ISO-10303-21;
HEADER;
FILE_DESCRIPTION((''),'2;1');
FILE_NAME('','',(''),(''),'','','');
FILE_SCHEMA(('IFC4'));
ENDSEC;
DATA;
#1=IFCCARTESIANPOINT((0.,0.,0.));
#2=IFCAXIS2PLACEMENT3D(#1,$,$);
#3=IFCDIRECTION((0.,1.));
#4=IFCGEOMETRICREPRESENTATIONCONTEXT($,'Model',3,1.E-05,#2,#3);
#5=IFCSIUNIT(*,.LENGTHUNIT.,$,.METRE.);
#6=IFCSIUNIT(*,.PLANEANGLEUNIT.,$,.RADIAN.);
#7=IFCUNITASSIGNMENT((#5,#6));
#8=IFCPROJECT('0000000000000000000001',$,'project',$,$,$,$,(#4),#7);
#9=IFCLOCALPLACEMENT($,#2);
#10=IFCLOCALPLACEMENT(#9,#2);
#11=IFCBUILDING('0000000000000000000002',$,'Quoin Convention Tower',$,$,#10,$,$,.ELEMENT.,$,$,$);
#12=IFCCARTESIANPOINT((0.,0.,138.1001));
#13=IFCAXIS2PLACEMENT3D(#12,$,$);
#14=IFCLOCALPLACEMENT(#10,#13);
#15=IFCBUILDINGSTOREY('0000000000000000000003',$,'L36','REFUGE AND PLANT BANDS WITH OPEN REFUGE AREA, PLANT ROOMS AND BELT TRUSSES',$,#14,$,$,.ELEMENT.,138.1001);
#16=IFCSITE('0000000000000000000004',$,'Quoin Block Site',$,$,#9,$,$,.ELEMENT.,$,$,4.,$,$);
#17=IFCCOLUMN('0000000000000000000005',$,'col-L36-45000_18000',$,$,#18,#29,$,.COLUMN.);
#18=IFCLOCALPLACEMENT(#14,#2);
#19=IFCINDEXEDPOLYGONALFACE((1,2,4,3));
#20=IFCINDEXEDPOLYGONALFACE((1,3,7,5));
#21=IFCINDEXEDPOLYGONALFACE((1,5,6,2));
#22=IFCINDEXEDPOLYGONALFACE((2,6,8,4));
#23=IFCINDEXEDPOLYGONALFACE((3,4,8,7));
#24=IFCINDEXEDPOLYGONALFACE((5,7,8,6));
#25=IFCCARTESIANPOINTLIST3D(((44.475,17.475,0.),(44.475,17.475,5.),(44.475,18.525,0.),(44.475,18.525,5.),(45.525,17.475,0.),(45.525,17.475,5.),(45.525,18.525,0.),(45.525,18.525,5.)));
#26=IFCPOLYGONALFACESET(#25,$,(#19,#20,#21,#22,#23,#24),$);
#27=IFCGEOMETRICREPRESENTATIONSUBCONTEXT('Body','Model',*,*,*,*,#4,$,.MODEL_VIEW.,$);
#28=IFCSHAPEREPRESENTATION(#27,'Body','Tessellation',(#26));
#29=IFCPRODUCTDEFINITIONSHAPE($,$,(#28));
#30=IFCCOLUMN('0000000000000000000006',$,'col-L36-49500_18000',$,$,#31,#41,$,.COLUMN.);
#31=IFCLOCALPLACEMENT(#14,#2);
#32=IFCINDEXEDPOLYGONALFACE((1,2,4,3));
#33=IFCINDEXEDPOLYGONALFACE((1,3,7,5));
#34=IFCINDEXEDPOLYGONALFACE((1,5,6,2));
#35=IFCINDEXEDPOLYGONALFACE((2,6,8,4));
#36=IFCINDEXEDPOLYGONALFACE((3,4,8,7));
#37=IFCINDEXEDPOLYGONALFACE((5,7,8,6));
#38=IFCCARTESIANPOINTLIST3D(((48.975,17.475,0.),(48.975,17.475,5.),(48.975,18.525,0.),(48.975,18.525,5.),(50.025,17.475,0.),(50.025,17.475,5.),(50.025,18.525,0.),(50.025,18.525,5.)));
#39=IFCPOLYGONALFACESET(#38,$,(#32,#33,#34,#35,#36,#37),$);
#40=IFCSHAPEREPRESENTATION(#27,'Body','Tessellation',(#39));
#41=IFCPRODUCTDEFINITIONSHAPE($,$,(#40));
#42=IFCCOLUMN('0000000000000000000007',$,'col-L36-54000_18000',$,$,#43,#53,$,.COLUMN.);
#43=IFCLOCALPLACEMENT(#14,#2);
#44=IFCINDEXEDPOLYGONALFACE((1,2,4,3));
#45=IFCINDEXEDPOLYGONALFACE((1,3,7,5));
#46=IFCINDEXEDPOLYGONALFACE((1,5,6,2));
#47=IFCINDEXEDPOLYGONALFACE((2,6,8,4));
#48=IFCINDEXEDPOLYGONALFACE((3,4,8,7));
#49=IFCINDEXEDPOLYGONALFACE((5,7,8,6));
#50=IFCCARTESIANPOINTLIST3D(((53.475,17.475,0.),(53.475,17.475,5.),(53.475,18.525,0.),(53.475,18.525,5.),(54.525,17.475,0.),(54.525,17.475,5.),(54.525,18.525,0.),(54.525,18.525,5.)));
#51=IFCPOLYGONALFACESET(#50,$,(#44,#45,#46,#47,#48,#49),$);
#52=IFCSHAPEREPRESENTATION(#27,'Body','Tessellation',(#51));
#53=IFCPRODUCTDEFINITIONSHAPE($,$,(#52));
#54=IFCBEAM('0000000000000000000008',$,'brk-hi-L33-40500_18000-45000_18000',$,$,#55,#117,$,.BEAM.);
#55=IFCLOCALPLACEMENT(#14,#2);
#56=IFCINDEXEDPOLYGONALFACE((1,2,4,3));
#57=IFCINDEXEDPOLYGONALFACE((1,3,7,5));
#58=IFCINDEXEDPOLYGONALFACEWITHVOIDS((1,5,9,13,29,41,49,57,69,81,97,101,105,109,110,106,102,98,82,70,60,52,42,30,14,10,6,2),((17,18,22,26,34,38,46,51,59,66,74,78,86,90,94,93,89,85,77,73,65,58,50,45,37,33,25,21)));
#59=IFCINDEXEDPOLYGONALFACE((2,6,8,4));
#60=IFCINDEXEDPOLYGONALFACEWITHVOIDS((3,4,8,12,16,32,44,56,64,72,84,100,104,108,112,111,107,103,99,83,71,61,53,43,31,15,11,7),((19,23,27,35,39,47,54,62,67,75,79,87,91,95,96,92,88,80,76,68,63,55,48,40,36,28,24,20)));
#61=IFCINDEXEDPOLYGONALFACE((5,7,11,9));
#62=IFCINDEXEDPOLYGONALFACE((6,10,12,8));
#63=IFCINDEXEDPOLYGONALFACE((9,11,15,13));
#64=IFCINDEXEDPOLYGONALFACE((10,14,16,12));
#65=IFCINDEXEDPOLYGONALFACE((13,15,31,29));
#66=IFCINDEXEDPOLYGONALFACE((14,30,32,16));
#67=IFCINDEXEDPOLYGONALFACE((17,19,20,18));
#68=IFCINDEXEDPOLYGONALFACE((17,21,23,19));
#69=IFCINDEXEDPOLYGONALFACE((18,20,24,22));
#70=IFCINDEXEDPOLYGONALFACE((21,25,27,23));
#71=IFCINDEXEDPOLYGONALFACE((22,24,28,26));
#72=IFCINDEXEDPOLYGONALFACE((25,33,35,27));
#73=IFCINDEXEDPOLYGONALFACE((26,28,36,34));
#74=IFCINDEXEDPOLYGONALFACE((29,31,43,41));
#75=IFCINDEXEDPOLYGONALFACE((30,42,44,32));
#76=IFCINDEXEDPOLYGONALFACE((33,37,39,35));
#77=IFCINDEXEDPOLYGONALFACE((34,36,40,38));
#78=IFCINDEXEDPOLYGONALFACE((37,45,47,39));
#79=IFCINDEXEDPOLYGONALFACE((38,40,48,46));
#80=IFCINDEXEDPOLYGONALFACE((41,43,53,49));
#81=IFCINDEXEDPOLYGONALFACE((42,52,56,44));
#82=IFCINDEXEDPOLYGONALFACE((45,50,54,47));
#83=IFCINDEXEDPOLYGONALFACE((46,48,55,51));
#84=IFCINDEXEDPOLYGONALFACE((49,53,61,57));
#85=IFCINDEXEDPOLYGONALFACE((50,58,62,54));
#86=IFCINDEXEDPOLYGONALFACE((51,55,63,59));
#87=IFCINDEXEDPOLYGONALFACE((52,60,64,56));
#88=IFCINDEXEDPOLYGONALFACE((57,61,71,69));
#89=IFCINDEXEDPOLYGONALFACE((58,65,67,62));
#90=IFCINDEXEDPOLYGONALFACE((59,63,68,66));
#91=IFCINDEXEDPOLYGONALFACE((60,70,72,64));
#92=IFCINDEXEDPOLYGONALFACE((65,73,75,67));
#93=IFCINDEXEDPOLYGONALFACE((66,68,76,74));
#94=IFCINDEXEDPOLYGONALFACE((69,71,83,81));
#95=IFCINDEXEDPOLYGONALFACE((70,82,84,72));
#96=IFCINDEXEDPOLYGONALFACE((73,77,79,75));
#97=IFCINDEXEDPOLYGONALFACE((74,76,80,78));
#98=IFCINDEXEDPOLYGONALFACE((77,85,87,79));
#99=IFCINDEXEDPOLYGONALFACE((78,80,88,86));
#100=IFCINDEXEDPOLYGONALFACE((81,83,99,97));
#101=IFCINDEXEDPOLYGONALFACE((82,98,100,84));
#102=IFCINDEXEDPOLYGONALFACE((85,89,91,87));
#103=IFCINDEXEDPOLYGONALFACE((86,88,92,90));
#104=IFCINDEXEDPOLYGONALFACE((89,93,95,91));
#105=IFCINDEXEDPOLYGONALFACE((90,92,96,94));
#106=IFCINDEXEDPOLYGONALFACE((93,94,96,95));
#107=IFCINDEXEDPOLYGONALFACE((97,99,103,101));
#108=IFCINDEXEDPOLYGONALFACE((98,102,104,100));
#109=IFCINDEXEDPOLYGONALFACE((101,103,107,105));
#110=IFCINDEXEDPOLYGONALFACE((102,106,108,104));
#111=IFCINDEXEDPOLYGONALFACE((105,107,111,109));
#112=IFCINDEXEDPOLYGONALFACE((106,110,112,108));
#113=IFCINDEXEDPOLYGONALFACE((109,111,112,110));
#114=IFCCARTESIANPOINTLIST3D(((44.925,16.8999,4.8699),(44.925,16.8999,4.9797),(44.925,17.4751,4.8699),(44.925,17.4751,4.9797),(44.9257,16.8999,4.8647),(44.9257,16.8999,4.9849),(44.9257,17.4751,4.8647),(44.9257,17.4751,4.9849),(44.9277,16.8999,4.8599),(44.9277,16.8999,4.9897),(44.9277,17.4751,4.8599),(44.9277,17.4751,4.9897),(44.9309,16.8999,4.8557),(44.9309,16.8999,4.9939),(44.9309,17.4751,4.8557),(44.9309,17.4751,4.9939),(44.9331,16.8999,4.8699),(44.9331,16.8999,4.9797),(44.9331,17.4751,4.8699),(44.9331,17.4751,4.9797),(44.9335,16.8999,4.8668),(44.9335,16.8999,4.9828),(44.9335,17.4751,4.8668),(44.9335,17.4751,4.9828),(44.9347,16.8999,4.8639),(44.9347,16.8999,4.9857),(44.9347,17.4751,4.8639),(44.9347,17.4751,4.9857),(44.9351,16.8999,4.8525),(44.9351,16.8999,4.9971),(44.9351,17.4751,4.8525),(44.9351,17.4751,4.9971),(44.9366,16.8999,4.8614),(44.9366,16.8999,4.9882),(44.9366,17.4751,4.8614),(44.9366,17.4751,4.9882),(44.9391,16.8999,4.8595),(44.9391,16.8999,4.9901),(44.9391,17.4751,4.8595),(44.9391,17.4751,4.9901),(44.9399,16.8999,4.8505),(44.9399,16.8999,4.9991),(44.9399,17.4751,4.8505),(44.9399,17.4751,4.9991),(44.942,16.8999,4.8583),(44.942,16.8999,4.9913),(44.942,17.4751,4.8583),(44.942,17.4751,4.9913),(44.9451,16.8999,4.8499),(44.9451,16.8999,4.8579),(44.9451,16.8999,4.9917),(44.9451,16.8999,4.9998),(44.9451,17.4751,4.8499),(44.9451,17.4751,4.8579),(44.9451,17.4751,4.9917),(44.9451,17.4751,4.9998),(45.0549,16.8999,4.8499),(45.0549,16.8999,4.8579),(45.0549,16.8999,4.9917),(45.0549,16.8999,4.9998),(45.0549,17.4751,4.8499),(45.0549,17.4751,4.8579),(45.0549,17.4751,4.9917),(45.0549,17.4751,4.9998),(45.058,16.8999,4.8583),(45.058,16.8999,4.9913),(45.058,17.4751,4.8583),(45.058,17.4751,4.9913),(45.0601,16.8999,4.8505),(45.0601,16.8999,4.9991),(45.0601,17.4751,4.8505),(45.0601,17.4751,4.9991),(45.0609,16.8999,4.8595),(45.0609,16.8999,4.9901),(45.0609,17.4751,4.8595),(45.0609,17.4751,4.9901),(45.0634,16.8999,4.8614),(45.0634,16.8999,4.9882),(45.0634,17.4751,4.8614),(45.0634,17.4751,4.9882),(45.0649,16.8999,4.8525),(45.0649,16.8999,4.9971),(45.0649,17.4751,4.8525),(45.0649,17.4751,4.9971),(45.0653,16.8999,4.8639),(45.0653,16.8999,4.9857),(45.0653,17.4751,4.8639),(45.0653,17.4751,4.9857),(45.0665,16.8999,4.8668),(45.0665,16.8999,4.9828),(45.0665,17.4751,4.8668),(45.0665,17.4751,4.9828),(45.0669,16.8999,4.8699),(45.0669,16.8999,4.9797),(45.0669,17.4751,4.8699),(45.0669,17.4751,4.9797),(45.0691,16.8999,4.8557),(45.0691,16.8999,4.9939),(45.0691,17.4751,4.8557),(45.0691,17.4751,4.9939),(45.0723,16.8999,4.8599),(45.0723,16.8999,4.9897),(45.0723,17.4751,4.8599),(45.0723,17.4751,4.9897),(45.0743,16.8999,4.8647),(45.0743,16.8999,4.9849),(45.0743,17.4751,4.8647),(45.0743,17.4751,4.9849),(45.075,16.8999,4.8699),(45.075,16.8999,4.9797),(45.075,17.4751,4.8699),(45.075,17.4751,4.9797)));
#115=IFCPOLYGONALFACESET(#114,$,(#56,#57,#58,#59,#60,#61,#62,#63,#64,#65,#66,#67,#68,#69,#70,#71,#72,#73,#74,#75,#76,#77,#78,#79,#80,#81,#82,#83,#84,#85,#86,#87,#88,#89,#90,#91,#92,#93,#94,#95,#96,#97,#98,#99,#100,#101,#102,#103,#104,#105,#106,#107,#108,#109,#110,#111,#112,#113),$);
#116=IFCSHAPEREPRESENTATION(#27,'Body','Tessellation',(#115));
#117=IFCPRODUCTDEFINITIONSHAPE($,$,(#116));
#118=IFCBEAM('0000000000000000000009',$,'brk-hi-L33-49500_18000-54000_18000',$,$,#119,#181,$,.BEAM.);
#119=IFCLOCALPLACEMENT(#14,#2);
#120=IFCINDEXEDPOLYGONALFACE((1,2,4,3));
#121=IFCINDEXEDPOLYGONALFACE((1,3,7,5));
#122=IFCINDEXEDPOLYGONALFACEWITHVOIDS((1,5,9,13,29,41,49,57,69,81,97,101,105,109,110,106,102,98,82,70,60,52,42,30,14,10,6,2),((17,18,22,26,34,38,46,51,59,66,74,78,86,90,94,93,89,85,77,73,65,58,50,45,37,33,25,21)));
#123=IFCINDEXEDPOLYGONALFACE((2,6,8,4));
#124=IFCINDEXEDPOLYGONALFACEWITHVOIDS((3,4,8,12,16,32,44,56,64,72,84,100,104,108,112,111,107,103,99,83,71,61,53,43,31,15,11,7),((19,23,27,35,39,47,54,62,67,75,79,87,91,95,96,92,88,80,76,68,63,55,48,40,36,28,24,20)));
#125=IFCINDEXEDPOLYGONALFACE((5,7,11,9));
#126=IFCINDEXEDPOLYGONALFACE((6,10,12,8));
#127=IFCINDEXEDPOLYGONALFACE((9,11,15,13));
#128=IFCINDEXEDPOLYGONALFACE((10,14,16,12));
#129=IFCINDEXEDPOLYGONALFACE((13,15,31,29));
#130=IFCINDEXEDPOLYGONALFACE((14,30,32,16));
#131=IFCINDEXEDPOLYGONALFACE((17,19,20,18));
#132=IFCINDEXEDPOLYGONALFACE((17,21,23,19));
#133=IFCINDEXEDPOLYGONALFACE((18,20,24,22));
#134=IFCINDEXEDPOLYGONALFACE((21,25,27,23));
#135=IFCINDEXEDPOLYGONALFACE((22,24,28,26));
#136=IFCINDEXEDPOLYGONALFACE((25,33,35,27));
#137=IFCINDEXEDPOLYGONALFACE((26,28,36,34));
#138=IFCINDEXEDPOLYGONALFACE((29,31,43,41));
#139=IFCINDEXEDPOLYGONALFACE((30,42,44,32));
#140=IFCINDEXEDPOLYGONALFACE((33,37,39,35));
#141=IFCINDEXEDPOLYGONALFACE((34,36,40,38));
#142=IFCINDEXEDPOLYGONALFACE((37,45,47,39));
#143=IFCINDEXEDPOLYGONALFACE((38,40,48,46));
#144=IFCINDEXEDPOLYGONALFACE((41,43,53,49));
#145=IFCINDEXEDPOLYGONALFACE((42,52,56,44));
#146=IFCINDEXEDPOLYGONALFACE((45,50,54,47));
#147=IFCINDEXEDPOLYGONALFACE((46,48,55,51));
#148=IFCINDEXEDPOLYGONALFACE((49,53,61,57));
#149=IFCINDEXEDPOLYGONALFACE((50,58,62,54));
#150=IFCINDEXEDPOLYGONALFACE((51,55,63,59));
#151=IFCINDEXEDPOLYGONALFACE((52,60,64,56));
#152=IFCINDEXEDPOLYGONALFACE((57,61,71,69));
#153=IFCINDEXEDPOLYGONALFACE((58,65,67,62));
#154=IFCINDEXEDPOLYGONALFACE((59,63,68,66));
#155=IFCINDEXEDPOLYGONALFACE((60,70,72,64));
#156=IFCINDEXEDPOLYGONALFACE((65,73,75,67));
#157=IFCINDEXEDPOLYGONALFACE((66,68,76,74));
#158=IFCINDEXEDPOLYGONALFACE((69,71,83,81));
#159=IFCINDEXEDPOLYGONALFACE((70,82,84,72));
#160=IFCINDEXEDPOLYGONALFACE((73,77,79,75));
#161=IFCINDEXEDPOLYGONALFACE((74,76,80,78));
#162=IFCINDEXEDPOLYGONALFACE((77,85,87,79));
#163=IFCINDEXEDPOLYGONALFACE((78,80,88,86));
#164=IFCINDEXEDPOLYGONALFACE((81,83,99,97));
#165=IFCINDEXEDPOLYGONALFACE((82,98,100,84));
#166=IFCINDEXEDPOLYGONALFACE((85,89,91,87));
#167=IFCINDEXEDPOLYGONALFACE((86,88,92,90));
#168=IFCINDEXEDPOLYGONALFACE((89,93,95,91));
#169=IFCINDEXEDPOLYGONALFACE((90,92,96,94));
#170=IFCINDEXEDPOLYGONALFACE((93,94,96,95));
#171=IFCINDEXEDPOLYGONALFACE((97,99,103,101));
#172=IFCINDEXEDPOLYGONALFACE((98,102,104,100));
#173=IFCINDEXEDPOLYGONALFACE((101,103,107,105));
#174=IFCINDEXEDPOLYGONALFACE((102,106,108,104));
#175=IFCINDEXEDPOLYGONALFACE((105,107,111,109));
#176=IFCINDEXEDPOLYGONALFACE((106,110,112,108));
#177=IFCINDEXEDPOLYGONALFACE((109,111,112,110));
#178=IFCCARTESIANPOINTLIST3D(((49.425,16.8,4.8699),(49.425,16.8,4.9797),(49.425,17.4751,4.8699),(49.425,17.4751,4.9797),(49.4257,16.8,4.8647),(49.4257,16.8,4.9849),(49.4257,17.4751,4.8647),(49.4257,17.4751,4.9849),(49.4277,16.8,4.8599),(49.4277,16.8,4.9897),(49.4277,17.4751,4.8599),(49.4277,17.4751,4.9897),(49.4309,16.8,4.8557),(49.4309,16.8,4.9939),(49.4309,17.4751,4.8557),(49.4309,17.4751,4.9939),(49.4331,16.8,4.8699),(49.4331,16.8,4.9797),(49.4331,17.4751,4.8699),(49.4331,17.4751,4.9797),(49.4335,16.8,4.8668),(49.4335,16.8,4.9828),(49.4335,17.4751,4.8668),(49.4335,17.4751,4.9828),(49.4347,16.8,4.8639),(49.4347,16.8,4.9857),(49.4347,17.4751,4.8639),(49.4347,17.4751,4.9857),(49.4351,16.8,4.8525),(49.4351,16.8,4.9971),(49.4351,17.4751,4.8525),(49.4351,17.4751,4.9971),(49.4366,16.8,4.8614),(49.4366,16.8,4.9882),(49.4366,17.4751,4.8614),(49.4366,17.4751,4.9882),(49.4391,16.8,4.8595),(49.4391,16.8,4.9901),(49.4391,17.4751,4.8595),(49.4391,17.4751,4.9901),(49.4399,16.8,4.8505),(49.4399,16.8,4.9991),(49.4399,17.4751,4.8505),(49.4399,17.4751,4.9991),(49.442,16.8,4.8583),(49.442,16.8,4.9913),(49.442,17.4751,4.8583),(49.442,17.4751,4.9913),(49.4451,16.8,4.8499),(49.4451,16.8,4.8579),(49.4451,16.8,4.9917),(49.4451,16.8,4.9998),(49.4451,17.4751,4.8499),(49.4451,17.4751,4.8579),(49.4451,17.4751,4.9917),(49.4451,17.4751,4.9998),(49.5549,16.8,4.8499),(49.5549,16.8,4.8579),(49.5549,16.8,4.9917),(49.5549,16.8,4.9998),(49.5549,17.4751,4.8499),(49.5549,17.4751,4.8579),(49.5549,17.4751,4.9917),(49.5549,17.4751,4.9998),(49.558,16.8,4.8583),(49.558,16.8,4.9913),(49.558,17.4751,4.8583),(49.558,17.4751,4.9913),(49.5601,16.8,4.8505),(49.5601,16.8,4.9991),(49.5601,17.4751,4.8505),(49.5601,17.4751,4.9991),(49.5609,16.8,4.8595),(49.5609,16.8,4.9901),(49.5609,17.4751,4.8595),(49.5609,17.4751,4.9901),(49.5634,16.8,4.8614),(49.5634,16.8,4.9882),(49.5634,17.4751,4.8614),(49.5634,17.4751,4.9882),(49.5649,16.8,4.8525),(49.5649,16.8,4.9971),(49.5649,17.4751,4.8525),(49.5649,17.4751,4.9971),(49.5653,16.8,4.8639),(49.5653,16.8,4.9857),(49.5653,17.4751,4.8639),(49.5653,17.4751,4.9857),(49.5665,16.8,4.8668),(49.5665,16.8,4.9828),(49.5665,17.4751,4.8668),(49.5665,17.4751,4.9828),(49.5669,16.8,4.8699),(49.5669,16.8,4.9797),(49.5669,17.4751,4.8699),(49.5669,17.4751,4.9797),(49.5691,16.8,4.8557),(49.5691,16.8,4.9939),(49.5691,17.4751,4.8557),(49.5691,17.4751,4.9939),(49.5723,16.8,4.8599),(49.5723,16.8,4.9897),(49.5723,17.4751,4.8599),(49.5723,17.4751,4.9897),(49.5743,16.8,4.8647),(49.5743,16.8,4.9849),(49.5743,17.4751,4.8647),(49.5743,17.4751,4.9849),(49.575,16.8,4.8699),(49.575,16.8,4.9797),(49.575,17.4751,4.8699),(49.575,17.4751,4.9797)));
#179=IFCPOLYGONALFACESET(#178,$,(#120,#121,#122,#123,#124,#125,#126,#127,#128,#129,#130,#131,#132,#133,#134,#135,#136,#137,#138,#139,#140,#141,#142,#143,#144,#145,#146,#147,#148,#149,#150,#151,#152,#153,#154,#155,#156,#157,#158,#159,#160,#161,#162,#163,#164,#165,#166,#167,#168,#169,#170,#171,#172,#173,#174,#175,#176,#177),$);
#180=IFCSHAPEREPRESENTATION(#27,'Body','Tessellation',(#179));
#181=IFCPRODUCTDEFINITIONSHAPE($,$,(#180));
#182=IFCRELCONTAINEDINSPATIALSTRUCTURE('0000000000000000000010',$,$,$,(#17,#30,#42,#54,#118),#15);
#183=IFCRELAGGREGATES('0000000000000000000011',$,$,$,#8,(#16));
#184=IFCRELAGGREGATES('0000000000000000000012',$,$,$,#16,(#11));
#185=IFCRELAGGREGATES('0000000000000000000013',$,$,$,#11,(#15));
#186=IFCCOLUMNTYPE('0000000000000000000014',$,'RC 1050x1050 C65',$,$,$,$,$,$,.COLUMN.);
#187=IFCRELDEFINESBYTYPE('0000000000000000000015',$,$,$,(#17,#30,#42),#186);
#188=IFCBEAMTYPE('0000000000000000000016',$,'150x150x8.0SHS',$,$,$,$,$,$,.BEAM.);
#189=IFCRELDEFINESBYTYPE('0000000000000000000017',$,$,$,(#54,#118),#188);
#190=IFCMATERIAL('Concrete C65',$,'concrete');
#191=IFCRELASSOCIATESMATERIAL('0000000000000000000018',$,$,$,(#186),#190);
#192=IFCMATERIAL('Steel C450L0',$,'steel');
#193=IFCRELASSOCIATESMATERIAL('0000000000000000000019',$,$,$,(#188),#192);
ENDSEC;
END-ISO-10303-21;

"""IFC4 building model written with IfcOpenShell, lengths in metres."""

from ifc_helpers import new_model, si_unit, direction, frame, origin, origin_2d, place, context, subcontext, project, spatial, rectangle, hollow_rectangle, extrude, material, material_profile, profile_set, type_object, element, save


model = new_model("IFC4")

# Units and contexts
model_context = context("Model", 3, precision=1e-05, world=origin(), true_north=direction((0.0, 1.0)))
body_context = subcontext(model_context, "Body", "Model", "MODEL_VIEW")
ifc_project = project(units=[si_unit("LENGTHUNIT", "METRE"), si_unit("PLANEANGLEUNIT", "RADIAN")], contexts=[model_context])

# Site, building, storey
site_placement = place(None, origin())
site = spatial("IfcSite", under=ifc_project, at=site_placement, Name="Quoin Block Site", CompositionType="ELEMENT", RefElevation=4.0)
building_placement = place(site_placement, origin())
building = spatial("IfcBuilding", under=site, at=building_placement, Name="Quoin Convention Tower", CompositionType="ELEMENT")
storey_placement = place(building_placement, frame((0.0, 0.0, 138.1001)))
storey = spatial("IfcBuildingStorey", under=building, at=storey_placement, Name="L36", Description="REFUGE AND PLANT BANDS WITH OPEN REFUGE AREA, PLANT ROOMS AND BELT TRUSSES", CompositionType="ELEMENT", Elevation=138.1001)

# Columns
ifc_material_1 = material(Name="Concrete C65", Category="concrete")
ifc_material_profile_1 = material_profile(ifc_material_1, rectangle(XDim=1.05, YDim=1.05, at=origin_2d()), Name="RC 1050x1050")
ifc_profile_set_1 = profile_set([ifc_material_profile_1], Name="Concrete C65")
column_type = type_object("IfcColumnType", Name="RC 1050x1050 C65", PredefinedType="COLUMN", material=ifc_profile_set_1)
for number, where, z_axis, x_axis, name in (
    (1, (45.0, 18.0, 0.0), (0.0, 0.0, 1.0), (1.0, 0.0, 0.0), "col-L36-45000_18000"),
    (2, (49.5, 18.0, 0.0), (0.0, 0.0, 1.0), (1.0, 0.0, 0.0), "col-L36-49500_18000"),
    (3, (54.0, 18.0, 0.0), (0.0, 0.0, 1.0), (1.0, 0.0, 0.0), "col-L36-54000_18000"),
):
    element("IfcColumn", number, at=place(storey_placement, frame(where, z_axis=z_axis, x_axis=x_axis)), inside=storey, type_object=column_type, Name=name, PredefinedType="COLUMN", context=body_context, shape_type="SweptSolid", body=[
        extrude(rectangle(XDim=1.05, YDim=1.05, at=origin_2d()), origin(), (0.0, 0.0, 1.0), 5.0),
    ])

# Beams
ifc_material_2 = material(Name="Steel C450L0", Category="steel")
ifc_material_profile_2 = material_profile(ifc_material_2, hollow_rectangle(XDim=0.1499, YDim=0.1499, WallThickness=0.0081, InnerFilletRadius=0.012, OuterFilletRadius=0.02, at=origin_2d()), Name="150x150x8.0SHS")
ifc_profile_set_2 = profile_set([ifc_material_profile_2], Name="Steel C450L0")
beam_type_1 = type_object("IfcBeamType", Name="150x150x8.0SHS", PredefinedType="BEAM", material=ifc_profile_set_2)
beam_1_placement = place(storey_placement, frame((45.0, 17.4751, 4.9248), z_axis=(0.0, -1.0, 0.0), x_axis=(1.0, 0.0, 0.0)))
element("IfcBeam", 4, at=beam_1_placement, inside=storey, type_object=beam_type_1, Name="brk-hi-L33-40500_18000-45000_18000", PredefinedType="BEAM", context=body_context, shape_type="SweptSolid", body=[
    extrude(hollow_rectangle(XDim=0.1499, YDim=0.1499, WallThickness=0.0081, InnerFilletRadius=0.012, OuterFilletRadius=0.02, at=origin_2d()), origin(), (0.0, 0.0, 1.0), 0.5752),
])
beam_2_placement = place(storey_placement, frame((49.5, 17.4751, 4.9248), z_axis=(0.0, -1.0, 0.0), x_axis=(1.0, 0.0, 0.0)))
element("IfcBeam", 5, at=beam_2_placement, inside=storey, type_object=beam_type_1, Name="brk-hi-L33-49500_18000-54000_18000", PredefinedType="BEAM", context=body_context, shape_type="SweptSolid", body=[
    extrude(hollow_rectangle(XDim=0.1499, YDim=0.1499, WallThickness=0.0081, InnerFilletRadius=0.012, OuterFilletRadius=0.02, at=origin_2d()), origin(), (0.0, 0.0, 1.0), 0.675),
])

save(model, "model.ifc")
